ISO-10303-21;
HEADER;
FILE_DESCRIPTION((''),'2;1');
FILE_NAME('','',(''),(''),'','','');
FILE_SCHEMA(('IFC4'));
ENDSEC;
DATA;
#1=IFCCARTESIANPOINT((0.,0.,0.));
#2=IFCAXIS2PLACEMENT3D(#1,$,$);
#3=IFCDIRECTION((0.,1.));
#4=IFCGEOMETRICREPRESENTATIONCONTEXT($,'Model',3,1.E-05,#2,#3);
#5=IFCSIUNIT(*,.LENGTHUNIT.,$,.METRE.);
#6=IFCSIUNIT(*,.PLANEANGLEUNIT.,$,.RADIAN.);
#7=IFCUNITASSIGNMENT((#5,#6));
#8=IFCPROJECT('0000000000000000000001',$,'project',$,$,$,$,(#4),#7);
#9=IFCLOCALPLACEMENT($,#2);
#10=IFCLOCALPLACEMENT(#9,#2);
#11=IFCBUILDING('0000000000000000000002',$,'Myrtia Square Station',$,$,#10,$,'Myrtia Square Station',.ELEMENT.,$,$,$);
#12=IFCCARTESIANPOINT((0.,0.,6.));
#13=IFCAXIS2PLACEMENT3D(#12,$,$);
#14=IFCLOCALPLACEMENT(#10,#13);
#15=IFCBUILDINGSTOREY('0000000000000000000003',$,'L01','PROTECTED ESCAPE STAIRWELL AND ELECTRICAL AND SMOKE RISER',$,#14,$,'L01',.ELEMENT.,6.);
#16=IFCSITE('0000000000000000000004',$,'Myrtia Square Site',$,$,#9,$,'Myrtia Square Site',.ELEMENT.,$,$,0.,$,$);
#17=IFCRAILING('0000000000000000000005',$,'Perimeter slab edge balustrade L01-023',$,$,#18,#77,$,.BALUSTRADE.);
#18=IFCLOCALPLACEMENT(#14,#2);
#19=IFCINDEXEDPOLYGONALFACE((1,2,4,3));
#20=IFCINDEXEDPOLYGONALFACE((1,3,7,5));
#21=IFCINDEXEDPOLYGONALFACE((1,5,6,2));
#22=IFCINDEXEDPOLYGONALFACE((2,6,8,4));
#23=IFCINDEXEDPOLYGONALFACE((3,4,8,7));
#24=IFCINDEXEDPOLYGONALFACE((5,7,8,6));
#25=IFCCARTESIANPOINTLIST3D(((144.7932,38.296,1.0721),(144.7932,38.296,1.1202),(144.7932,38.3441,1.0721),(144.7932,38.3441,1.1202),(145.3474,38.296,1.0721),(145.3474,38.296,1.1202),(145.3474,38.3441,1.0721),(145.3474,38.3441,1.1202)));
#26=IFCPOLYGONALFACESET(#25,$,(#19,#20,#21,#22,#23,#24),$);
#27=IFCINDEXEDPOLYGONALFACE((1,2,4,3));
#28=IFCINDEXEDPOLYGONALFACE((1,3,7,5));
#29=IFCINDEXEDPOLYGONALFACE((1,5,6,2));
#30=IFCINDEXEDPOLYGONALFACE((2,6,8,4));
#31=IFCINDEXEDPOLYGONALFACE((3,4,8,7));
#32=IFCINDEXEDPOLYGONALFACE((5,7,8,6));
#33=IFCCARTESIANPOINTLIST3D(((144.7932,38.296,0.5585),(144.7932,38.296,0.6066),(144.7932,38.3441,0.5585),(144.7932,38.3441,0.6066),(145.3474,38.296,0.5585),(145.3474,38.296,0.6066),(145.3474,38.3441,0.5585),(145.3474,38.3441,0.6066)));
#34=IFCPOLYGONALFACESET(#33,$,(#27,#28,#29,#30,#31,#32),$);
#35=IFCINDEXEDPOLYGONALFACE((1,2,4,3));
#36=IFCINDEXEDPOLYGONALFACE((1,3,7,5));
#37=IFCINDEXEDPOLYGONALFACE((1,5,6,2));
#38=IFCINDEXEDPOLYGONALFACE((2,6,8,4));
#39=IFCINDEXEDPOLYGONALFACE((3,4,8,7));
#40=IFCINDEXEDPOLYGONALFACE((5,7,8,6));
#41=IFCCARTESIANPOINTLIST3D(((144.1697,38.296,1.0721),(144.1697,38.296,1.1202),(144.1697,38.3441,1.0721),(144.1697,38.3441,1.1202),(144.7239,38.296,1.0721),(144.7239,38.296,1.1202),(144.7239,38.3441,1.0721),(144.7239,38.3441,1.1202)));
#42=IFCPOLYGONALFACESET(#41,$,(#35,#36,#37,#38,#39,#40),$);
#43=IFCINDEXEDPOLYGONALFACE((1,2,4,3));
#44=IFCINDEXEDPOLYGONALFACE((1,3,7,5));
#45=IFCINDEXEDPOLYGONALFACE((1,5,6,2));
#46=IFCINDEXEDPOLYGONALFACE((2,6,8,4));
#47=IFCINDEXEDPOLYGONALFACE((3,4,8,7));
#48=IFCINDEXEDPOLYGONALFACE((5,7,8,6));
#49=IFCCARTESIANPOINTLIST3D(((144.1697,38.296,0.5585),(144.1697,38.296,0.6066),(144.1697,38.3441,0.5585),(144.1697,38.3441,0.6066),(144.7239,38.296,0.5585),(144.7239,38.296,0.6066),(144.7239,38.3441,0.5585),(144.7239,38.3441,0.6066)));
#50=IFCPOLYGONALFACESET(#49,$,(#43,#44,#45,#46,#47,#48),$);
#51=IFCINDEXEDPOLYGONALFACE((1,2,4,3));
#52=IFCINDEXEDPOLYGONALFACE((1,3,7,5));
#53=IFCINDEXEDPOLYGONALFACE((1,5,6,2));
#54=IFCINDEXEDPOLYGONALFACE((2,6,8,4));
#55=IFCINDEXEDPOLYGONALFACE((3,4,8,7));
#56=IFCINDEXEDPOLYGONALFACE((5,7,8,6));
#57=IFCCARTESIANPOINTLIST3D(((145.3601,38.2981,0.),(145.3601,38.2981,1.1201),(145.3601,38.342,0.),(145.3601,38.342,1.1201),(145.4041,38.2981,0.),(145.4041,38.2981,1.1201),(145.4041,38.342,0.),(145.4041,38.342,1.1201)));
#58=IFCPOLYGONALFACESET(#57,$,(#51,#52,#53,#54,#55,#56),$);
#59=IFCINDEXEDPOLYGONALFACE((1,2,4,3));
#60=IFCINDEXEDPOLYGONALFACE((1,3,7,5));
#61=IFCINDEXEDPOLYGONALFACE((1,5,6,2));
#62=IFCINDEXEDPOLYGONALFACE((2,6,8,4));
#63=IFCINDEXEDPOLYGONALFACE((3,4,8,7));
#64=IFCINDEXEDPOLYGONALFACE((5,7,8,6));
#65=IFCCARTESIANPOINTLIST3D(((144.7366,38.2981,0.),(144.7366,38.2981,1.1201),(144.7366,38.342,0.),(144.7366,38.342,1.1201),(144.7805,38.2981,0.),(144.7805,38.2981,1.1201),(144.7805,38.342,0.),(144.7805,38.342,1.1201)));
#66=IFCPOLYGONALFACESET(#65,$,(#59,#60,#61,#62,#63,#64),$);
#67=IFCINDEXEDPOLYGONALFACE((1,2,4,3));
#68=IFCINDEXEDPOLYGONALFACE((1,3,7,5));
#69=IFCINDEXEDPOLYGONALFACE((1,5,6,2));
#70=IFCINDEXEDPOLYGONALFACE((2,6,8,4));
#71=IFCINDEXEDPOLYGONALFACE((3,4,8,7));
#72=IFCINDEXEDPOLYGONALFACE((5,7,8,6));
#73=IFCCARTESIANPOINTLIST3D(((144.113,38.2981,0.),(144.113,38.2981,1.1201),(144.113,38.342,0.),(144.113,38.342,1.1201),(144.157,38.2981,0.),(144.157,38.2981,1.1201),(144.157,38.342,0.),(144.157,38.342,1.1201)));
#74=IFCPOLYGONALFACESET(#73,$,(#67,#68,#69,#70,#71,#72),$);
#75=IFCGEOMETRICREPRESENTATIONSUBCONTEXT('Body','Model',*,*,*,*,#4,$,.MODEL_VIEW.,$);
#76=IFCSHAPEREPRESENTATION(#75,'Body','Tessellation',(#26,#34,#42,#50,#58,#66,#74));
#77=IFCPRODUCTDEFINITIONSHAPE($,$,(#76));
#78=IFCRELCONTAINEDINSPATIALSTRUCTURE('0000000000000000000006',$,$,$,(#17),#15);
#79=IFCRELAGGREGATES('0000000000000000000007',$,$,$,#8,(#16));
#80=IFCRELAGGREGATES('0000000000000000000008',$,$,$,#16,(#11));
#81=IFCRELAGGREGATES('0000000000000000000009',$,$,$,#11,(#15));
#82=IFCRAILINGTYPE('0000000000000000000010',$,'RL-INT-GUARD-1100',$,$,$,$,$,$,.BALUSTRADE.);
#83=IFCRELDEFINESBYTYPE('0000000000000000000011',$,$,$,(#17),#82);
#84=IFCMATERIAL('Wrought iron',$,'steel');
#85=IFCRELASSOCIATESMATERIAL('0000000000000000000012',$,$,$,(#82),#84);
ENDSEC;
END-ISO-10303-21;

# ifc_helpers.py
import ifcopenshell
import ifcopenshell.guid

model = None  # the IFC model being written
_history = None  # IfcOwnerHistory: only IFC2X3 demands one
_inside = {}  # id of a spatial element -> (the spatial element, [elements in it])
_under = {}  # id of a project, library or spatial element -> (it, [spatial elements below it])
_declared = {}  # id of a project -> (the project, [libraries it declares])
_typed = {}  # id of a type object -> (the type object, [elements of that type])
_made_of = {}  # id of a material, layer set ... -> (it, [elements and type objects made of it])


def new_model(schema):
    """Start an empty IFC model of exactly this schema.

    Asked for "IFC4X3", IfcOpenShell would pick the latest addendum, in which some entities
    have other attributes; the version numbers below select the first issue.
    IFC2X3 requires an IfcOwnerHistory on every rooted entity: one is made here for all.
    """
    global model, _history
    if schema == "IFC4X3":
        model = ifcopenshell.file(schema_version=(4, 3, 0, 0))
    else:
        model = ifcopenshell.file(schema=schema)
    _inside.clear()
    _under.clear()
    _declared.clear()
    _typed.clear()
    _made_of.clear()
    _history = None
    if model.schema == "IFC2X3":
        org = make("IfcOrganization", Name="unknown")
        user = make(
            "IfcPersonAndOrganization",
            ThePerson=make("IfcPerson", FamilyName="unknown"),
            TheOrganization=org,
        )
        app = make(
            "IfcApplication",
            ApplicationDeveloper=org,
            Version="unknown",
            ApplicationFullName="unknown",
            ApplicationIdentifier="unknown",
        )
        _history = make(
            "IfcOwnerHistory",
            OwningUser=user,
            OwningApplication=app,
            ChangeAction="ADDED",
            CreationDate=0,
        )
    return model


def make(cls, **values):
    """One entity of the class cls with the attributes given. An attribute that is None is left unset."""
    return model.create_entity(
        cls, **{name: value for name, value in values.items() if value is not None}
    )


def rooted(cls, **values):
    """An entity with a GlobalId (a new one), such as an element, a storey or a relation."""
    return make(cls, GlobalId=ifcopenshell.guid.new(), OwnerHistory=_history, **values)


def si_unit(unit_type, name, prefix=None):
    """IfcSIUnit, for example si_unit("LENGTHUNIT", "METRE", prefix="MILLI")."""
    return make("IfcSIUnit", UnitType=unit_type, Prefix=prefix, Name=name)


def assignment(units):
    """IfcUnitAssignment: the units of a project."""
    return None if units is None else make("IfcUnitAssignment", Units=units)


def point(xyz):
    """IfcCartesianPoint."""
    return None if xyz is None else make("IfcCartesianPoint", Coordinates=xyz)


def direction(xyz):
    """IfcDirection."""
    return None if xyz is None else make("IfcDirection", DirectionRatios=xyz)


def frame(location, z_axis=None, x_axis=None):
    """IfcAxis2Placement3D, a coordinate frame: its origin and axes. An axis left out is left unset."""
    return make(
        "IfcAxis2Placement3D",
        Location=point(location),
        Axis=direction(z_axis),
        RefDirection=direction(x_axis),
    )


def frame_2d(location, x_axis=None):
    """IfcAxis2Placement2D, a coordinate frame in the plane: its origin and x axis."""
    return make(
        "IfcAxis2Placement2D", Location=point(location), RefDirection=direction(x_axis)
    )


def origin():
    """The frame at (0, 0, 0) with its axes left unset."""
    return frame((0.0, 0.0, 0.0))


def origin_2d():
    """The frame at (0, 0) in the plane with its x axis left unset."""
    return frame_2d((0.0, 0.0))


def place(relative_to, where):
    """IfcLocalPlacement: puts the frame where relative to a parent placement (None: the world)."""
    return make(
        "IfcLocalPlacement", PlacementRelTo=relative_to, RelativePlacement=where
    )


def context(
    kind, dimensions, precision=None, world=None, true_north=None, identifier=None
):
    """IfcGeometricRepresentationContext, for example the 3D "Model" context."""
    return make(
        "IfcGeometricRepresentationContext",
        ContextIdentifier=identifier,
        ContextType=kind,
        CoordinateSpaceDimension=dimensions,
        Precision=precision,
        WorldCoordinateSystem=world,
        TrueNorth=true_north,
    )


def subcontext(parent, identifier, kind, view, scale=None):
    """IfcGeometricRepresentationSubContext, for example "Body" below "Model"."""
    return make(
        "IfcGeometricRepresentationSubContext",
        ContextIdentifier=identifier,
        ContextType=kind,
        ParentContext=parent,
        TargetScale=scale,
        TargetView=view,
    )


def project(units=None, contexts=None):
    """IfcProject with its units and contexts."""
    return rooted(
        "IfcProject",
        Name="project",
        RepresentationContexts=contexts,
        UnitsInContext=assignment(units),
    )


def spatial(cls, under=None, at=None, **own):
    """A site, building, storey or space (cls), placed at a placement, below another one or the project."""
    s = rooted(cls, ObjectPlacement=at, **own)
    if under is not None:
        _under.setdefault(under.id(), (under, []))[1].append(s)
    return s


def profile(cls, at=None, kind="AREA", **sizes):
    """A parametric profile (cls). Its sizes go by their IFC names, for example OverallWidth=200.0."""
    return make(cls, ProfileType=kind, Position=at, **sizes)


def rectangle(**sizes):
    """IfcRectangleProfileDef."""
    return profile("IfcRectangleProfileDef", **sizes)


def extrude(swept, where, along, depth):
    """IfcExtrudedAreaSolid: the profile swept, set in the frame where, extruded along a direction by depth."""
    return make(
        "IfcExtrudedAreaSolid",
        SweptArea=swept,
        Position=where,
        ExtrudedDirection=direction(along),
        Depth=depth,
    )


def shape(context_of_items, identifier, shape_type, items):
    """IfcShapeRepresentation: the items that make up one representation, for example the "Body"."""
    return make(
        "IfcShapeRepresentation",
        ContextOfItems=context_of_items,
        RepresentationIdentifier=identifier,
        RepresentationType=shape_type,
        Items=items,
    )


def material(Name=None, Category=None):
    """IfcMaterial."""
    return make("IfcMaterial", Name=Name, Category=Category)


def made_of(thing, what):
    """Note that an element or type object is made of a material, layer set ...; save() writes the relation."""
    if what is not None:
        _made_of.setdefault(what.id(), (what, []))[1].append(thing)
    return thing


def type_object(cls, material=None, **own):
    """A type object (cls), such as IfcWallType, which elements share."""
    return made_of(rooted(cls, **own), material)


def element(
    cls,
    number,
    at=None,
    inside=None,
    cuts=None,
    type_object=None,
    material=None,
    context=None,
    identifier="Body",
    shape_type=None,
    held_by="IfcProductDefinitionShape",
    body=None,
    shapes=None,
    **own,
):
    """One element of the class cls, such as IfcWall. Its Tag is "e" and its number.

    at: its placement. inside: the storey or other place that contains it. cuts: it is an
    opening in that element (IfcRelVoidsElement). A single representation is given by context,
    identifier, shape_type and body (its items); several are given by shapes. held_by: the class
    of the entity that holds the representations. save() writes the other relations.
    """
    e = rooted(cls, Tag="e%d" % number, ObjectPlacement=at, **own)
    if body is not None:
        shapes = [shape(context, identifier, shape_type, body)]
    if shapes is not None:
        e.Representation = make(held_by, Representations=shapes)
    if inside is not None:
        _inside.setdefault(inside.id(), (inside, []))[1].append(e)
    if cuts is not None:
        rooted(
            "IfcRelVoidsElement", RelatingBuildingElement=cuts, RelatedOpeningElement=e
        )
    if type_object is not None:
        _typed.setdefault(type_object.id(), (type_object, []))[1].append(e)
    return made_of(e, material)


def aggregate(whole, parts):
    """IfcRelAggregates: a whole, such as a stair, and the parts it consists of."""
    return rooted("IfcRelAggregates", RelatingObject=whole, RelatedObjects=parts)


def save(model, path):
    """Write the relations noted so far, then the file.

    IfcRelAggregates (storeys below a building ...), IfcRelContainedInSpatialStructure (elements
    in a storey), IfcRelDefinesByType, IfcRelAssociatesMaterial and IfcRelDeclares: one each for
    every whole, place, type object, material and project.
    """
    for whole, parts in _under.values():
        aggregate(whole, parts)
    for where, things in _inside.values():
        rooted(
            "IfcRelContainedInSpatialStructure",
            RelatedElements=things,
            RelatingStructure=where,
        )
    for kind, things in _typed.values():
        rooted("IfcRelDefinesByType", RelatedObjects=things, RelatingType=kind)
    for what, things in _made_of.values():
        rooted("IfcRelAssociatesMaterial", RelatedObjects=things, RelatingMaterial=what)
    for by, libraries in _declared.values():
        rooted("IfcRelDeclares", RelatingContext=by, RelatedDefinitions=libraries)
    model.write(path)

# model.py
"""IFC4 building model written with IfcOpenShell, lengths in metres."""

from ifc_helpers import new_model, si_unit, direction, frame, origin, origin_2d, place, context, subcontext, project, spatial, rectangle, extrude, material, type_object, element, save


model = new_model("IFC4")

# Units and contexts
model_context = context("Model", 3, precision=1e-05, world=origin(), true_north=direction((0.0, 1.0)))
body_context = subcontext(model_context, "Body", "Model", "MODEL_VIEW")
ifc_project = project(units=[si_unit("LENGTHUNIT", "METRE"), si_unit("PLANEANGLEUNIT", "RADIAN")], contexts=[model_context])

# Site, building, storey
site_placement = place(None, origin())
site = spatial("IfcSite", under=ifc_project, at=site_placement, Name="Myrtia Square Site", LongName="Myrtia Square Site", CompositionType="ELEMENT", RefElevation=0.0)
building_placement = place(site_placement, origin())
building = spatial("IfcBuilding", under=site, at=building_placement, Name="Myrtia Square Station", LongName="Myrtia Square Station", CompositionType="ELEMENT")
storey_placement = place(building_placement, frame((0.0, 0.0, 6.0)))
storey = spatial("IfcBuildingStorey", under=building, at=storey_placement, Name="L01", Description="PROTECTED ESCAPE STAIRWELL AND ELECTRICAL AND SMOKE RISER", LongName="L01", CompositionType="ELEMENT", Elevation=6.0)

# Railing
ifc_material_1 = material(Name="Wrought iron", Category="steel")
railing_type = type_object("IfcRailingType", Name="RL-INT-GUARD-1100", PredefinedType="BALUSTRADE", material=ifc_material_1)
railing_1_placement = place(storey_placement, frame((145.3821, 38.3201, 0.0)))
element("IfcRailing", 1, at=railing_1_placement, inside=storey, type_object=railing_type, Name="Perimeter slab edge balustrade L01-023", PredefinedType="BALUSTRADE", context=body_context, shape_type="SweptSolid", body=[
    extrude(rectangle(XDim=0.0481, YDim=0.0481, at=origin_2d()), frame((-0.0347, 0.0, 1.0962), z_axis=(-1.0, 0.0, 0.0), x_axis=(0.0, -1.0, 0.0)), (0.0, 0.0, 1.0), 0.5542),
    extrude(rectangle(XDim=0.0481, YDim=0.0481, at=origin_2d()), frame((-0.0347, 0.0, 0.5825), z_axis=(-1.0, 0.0, 0.0), x_axis=(0.0, -1.0, 0.0)), (0.0, 0.0, 1.0), 0.5542),
    extrude(rectangle(XDim=0.0481, YDim=0.0481, at=origin_2d()), frame((-0.6582, 0.0, 1.0962), z_axis=(-1.0, 0.0, 0.0), x_axis=(0.0, -1.0, 0.0)), (0.0, 0.0, 1.0), 0.5542),
    extrude(rectangle(XDim=0.0481, YDim=0.0481, at=origin_2d()), frame((-0.6582, 0.0, 0.5825), z_axis=(-1.0, 0.0, 0.0), x_axis=(0.0, -1.0, 0.0)), (0.0, 0.0, 1.0), 0.5542),
    extrude(rectangle(XDim=0.0439, YDim=0.0439, at=origin_2d()), origin(), (0.0, 0.0, 1.0), 1.1201),
    extrude(rectangle(XDim=0.0439, YDim=0.0439, at=origin_2d()), frame((-0.6235, 0.0, 0.0)), (0.0, 0.0, 1.0), 1.1201),
    extrude(rectangle(XDim=0.0439, YDim=0.0439, at=origin_2d()), frame((-1.2471, 0.0, 0.0)), (0.0, 0.0, 1.0), 1.1201),
])

save(model, "model.ifc")
